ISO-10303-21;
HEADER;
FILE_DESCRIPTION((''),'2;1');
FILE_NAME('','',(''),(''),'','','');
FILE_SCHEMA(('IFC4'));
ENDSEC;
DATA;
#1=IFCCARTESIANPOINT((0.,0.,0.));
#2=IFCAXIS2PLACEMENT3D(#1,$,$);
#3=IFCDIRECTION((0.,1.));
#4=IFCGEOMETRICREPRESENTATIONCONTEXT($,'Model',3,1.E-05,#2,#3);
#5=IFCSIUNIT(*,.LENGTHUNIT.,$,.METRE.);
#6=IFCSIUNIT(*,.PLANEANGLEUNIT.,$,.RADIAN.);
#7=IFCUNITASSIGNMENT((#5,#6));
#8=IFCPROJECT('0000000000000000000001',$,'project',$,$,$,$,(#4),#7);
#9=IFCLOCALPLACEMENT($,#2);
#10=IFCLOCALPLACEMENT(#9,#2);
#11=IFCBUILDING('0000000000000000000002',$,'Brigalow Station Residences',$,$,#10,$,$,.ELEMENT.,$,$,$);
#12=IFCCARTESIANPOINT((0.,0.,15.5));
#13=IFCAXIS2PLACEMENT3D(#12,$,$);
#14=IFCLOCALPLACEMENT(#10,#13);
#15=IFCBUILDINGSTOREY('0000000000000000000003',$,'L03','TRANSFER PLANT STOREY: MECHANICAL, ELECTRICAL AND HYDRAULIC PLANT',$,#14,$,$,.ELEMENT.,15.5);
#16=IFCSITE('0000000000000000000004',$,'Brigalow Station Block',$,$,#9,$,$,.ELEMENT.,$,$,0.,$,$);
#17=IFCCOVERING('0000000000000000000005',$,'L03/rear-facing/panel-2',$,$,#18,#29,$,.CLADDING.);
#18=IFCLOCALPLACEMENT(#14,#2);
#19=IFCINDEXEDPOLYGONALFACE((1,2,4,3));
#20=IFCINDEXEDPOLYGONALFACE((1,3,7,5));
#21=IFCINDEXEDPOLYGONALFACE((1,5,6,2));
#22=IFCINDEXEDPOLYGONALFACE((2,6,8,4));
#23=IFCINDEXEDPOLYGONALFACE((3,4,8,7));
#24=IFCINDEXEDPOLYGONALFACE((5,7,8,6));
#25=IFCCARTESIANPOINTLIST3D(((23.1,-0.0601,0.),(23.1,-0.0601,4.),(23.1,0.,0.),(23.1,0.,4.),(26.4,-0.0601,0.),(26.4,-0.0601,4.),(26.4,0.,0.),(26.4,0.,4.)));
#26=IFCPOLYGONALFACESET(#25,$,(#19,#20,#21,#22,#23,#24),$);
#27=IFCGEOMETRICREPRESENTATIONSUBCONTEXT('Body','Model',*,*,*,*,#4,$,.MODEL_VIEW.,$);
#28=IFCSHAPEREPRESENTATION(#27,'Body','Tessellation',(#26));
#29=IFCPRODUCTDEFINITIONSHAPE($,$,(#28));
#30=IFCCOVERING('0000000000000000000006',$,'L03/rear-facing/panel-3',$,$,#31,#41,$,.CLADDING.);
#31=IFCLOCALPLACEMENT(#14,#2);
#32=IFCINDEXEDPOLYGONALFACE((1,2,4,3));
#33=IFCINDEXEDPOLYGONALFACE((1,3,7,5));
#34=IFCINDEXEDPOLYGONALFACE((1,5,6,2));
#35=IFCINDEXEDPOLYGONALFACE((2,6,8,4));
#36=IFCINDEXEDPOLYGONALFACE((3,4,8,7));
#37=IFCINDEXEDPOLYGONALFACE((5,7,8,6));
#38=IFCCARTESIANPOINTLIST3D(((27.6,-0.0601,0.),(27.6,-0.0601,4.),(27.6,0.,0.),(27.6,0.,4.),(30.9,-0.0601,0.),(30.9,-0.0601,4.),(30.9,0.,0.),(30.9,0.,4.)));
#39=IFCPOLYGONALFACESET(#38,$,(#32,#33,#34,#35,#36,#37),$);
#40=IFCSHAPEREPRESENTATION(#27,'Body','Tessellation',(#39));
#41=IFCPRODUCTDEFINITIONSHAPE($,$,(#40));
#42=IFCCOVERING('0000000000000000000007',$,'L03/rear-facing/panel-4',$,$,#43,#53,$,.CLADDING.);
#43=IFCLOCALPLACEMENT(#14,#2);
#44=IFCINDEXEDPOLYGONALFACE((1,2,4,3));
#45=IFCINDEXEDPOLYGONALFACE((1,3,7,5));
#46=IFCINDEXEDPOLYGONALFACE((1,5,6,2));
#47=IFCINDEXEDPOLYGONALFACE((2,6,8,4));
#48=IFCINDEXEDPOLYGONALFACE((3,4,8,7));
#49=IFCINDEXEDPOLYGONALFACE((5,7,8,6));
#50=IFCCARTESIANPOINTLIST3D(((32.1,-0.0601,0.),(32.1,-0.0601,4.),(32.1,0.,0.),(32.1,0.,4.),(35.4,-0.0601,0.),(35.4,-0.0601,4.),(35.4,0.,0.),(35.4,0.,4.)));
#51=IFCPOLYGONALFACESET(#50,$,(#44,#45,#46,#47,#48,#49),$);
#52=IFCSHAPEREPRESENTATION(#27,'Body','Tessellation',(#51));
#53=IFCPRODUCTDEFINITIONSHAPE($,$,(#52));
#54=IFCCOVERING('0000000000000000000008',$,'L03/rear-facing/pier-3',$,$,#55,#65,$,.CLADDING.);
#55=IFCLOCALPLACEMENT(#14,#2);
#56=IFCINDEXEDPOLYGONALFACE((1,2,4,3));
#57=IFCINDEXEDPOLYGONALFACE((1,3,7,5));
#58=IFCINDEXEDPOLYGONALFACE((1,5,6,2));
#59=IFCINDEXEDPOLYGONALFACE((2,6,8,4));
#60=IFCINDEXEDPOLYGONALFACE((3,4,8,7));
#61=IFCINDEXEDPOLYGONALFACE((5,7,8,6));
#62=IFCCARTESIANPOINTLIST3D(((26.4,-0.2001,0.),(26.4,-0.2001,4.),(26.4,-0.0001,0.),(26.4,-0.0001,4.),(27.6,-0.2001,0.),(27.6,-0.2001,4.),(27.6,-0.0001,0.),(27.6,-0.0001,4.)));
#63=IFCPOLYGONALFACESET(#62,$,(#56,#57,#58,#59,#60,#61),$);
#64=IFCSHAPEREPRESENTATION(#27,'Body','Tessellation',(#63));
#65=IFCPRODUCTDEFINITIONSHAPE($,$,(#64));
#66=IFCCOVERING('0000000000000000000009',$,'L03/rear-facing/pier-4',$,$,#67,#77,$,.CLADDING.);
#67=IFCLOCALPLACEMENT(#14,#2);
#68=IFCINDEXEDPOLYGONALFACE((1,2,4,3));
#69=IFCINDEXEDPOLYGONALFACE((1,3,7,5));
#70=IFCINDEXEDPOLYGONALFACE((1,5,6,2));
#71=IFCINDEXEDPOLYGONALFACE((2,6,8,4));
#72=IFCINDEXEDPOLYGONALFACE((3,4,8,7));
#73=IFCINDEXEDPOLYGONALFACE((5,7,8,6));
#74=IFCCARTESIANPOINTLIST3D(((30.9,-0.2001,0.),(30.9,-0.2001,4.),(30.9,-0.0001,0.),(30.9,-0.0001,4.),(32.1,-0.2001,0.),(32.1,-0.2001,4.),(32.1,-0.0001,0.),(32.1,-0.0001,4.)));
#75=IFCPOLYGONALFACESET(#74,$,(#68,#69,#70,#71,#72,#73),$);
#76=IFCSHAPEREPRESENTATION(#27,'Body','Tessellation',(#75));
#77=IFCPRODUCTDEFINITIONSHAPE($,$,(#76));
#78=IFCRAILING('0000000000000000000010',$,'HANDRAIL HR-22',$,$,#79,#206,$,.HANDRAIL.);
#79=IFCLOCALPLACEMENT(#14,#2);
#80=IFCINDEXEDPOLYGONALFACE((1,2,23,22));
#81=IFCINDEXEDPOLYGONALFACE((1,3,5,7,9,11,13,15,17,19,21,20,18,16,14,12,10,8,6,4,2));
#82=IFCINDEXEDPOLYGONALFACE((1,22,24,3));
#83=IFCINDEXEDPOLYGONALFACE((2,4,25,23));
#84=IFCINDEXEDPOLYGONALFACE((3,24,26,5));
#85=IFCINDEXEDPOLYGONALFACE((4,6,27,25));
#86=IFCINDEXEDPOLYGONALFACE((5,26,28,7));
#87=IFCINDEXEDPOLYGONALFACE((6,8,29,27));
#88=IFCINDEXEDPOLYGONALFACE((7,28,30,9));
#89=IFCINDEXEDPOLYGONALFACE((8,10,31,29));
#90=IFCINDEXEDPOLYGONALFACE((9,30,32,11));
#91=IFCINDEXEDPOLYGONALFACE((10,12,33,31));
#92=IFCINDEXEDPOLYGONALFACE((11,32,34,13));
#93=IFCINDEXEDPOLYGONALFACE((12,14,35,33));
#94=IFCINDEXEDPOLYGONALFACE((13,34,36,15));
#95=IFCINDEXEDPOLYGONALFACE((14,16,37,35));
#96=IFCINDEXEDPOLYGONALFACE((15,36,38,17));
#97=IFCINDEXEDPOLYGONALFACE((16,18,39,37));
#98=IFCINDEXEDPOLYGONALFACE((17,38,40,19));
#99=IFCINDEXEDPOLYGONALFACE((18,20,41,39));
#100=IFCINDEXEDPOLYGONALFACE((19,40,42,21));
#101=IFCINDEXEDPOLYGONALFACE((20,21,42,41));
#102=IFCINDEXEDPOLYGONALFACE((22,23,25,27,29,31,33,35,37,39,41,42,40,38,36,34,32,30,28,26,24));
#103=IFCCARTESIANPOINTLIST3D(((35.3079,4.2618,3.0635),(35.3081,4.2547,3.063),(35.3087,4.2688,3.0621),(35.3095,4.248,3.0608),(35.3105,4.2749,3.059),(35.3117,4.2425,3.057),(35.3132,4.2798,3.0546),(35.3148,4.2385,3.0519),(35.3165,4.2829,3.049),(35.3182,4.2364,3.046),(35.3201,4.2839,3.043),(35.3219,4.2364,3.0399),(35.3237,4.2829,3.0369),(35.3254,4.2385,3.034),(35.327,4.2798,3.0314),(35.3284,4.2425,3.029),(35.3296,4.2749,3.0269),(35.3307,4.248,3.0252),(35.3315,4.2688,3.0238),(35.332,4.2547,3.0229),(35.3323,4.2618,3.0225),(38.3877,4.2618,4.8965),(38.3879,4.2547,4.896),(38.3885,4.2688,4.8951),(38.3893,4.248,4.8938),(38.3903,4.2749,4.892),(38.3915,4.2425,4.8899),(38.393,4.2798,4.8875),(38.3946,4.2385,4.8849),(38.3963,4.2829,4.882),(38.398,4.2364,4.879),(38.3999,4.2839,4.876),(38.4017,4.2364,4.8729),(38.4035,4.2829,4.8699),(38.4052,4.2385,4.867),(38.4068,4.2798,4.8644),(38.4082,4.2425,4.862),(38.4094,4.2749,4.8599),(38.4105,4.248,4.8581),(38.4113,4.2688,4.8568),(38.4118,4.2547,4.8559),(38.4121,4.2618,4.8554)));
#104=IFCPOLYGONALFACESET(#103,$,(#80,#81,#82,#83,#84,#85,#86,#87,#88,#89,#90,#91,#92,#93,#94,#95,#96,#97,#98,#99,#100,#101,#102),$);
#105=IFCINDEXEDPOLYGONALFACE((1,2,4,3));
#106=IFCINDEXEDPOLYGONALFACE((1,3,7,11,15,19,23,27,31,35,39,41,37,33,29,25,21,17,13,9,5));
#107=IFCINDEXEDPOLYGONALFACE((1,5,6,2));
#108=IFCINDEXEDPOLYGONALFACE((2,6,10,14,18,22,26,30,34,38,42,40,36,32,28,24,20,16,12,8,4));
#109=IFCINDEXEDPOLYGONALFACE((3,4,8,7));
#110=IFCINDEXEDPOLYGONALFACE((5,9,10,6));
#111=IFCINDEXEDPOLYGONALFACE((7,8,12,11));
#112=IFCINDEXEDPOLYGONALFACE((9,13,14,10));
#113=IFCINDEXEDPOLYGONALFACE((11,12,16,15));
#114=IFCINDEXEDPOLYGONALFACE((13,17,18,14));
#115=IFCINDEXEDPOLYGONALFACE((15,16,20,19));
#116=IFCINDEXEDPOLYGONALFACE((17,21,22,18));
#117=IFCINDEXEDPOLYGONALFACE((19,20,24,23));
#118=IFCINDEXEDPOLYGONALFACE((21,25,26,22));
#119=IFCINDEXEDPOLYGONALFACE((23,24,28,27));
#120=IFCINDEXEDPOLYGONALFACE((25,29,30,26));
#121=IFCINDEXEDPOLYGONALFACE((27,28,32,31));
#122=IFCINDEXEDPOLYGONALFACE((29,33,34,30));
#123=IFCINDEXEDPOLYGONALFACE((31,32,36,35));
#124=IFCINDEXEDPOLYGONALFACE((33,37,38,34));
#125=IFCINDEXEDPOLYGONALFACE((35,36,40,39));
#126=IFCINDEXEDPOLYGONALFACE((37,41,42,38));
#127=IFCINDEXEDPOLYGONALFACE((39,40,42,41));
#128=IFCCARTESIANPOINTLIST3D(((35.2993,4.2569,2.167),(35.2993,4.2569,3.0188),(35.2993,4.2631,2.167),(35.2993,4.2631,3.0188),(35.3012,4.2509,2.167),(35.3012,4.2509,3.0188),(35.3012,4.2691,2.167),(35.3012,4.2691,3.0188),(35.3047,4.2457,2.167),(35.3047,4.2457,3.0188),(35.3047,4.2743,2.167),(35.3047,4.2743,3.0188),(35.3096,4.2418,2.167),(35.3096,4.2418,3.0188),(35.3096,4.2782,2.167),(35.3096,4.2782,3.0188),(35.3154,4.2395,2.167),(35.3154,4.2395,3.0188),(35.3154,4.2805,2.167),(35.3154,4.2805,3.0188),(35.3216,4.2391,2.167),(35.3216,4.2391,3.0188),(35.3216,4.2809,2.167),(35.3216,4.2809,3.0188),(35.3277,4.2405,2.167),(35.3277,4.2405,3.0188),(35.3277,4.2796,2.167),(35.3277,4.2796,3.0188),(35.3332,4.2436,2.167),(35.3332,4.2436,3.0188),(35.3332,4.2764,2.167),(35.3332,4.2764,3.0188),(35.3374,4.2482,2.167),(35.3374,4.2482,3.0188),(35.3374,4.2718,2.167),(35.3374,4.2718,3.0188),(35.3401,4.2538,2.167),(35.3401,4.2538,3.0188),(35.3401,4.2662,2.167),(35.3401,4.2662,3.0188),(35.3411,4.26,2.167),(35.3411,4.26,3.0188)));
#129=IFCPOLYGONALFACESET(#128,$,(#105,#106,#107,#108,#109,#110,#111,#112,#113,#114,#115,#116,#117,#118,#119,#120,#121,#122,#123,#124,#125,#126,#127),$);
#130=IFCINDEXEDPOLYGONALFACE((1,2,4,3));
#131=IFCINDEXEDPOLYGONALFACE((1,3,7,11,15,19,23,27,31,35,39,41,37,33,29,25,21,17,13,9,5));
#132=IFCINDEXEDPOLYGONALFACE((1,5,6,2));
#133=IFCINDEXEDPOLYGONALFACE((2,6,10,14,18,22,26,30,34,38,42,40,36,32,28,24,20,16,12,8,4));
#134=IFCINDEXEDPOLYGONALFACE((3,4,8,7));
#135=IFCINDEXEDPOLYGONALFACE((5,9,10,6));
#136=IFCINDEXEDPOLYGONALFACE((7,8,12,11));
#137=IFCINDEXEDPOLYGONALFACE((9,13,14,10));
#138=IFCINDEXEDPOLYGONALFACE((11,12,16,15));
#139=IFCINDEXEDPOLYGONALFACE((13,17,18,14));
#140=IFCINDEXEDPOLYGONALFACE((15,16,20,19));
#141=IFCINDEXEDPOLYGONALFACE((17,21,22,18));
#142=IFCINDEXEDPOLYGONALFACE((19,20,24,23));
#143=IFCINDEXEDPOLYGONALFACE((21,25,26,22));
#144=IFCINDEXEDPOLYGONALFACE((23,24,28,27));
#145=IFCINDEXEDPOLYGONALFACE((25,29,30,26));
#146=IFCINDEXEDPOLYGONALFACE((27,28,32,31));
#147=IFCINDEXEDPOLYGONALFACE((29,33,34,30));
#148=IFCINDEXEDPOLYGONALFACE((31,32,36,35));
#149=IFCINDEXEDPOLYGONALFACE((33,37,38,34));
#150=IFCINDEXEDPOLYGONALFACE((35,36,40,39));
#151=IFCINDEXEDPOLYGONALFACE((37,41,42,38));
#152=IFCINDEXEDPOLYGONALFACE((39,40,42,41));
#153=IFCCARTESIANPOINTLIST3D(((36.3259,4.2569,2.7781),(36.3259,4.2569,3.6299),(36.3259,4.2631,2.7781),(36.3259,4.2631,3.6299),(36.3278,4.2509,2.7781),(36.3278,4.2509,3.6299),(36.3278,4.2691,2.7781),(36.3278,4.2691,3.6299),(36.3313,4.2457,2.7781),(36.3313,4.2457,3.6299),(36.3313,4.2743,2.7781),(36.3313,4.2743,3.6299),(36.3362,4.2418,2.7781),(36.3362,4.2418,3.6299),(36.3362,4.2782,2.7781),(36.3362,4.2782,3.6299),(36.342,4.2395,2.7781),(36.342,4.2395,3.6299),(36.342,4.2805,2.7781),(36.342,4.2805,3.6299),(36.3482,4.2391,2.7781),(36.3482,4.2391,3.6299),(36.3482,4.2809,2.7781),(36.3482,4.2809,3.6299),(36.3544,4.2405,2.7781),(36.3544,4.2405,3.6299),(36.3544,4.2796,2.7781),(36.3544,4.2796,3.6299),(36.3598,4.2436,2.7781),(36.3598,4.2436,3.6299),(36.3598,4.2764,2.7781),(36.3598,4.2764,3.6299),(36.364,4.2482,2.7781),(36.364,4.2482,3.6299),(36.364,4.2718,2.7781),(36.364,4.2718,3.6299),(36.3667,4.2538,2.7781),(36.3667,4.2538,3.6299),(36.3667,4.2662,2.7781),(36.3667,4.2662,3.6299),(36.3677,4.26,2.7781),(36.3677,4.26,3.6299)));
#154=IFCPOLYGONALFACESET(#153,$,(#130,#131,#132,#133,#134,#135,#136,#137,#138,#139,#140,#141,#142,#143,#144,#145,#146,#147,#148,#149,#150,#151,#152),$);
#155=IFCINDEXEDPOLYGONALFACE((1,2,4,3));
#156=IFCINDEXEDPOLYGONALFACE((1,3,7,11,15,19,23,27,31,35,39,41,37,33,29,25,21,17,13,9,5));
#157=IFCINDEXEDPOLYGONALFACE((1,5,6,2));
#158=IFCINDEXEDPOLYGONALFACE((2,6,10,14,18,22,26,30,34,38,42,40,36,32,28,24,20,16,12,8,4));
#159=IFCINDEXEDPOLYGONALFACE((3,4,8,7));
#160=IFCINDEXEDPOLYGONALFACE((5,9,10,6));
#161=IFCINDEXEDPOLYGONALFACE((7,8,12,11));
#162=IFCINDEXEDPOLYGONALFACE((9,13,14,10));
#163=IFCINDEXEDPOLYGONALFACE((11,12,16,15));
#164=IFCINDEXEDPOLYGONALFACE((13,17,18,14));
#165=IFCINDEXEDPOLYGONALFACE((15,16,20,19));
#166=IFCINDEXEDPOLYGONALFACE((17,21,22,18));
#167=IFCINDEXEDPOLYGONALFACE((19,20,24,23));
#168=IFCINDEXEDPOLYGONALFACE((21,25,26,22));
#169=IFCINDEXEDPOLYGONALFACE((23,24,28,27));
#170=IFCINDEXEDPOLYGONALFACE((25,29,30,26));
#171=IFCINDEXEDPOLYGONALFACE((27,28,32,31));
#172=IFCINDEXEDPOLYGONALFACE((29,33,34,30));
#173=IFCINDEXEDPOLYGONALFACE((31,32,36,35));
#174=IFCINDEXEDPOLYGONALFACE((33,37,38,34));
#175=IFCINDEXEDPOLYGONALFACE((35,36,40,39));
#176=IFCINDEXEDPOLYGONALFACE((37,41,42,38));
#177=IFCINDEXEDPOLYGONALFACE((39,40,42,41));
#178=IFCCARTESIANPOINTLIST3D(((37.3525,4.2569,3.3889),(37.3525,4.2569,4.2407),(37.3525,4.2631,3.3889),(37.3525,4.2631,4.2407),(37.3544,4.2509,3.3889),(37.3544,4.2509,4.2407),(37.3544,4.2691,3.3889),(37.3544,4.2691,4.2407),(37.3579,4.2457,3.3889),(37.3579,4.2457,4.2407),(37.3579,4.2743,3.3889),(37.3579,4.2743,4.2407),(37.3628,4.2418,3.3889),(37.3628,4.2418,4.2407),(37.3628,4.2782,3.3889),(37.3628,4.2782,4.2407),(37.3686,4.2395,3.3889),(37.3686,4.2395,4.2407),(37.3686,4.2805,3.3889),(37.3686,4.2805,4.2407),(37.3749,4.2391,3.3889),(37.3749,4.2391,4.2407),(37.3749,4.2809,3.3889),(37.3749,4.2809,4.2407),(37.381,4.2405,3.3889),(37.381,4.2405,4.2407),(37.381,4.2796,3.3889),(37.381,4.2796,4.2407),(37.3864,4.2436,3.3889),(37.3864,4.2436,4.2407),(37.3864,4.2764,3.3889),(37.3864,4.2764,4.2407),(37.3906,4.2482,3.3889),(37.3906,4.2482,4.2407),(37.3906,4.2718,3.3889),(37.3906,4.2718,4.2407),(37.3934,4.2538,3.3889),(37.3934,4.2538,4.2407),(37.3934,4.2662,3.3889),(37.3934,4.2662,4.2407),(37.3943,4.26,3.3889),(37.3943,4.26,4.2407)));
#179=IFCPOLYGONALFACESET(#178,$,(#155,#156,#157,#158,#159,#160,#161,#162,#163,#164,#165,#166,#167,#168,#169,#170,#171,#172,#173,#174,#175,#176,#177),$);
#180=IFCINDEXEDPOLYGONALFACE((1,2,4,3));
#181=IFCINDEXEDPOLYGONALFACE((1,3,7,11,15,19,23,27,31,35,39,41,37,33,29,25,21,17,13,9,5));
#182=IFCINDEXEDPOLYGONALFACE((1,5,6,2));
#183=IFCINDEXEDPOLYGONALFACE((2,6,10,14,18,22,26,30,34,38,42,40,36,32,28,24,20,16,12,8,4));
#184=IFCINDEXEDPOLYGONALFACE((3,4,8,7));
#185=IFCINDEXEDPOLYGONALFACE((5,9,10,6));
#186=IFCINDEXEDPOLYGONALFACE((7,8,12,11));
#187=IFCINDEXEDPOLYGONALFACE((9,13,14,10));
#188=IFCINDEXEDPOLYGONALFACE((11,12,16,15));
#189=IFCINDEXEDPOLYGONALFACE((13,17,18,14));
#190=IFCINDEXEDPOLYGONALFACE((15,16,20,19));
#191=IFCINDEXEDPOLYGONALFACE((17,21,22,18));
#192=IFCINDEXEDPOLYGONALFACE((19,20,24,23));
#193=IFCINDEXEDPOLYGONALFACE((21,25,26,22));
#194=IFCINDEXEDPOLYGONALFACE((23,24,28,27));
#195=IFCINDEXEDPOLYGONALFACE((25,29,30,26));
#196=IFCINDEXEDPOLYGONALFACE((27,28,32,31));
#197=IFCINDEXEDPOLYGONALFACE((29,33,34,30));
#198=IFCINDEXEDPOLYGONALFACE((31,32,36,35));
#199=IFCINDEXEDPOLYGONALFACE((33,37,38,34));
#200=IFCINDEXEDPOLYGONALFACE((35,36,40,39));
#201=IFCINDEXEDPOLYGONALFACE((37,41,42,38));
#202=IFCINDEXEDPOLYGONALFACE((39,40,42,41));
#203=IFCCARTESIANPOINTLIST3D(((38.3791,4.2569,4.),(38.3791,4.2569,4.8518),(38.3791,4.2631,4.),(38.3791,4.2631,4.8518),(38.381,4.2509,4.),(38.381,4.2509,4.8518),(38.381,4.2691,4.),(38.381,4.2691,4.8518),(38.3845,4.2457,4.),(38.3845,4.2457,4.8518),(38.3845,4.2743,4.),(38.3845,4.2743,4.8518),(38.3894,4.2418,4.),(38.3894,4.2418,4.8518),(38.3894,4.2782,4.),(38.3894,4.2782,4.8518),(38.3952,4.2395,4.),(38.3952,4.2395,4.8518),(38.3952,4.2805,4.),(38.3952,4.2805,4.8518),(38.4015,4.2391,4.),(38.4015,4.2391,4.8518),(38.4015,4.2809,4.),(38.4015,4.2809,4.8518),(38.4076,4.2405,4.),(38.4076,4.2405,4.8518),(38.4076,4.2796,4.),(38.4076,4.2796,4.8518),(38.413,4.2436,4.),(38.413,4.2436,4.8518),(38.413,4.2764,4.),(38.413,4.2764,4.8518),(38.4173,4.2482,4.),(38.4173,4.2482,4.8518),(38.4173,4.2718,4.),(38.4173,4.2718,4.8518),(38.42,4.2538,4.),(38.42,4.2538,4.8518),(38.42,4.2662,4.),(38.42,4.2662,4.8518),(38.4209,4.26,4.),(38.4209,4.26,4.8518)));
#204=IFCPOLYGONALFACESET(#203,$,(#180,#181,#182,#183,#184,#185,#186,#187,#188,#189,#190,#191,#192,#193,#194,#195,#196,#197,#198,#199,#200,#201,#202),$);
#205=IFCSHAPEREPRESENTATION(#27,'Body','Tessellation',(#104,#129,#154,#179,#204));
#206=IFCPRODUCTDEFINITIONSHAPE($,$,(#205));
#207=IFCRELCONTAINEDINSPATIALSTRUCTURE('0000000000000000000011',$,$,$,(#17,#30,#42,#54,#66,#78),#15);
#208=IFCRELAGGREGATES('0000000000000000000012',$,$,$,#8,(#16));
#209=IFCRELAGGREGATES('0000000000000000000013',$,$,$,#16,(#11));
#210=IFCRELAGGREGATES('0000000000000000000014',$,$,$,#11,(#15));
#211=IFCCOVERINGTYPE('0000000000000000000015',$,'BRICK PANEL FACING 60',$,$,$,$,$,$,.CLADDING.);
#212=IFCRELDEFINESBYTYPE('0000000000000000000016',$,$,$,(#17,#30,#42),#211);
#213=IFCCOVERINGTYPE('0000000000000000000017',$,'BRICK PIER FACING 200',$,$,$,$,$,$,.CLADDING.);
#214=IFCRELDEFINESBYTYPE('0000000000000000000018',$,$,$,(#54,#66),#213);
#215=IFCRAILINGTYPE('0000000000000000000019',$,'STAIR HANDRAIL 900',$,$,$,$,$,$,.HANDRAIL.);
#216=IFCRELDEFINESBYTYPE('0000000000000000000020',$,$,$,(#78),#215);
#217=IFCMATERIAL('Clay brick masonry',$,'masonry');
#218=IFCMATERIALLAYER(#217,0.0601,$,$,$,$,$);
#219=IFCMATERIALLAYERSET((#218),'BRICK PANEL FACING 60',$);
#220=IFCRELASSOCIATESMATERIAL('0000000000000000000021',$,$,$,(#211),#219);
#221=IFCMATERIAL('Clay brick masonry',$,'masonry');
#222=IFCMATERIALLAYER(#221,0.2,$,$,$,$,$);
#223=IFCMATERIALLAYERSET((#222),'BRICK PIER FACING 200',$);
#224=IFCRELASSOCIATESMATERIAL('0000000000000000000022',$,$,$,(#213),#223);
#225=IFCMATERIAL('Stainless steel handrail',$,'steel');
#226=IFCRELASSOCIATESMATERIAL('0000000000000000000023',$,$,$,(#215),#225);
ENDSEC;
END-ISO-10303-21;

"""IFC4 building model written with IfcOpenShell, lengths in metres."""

from ifc_helpers import new_model, si_unit, direction, frame, origin, origin_2d, place, context, subcontext, project, spatial, rectangle, circle, extrude, material, layer, layer_set, type_object, element, save


model = new_model("IFC4")

# Units and contexts
model_context = context("Model", 3, precision=1e-05, world=origin(), true_north=direction((0.0, 1.0)))
body_context = subcontext(model_context, "Body", "Model", "MODEL_VIEW")
ifc_project = project(units=[si_unit("LENGTHUNIT", "METRE"), si_unit("PLANEANGLEUNIT", "RADIAN")], contexts=[model_context])

# Site, building, storey
site_placement = place(None, origin())
site = spatial("IfcSite", under=ifc_project, at=site_placement, Name="Brigalow Station Block", CompositionType="ELEMENT", RefElevation=0.0)
building_placement = place(site_placement, origin())
building = spatial("IfcBuilding", under=site, at=building_placement, Name="Brigalow Station Residences", CompositionType="ELEMENT")
storey_placement = place(building_placement, frame((0.0, 0.0, 15.5)))
storey = spatial("IfcBuildingStorey", under=building, at=storey_placement, Name="L03", Description="TRANSFER PLANT STOREY: MECHANICAL, ELECTRICAL AND HYDRAULIC PLANT", CompositionType="ELEMENT", Elevation=15.5)

# Coverings
ifc_material_1 = material(Name="Clay brick masonry", Category="masonry")
ifc_layer_1 = layer(ifc_material_1, 0.0601)
ifc_layer_set_1 = layer_set([ifc_layer_1], Name="BRICK PANEL FACING 60")
covering_type_1 = type_object("IfcCoveringType", Name="BRICK PANEL FACING 60", PredefinedType="CLADDING", material=ifc_layer_set_1)
for number, where, z_axis, x_axis, name in (
    (1, (24.75, -0.03, 0.0), (0.0, 0.0, 1.0), (1.0, 0.0, 0.0), "L03/rear-facing/panel-2"),
    (2, (29.25, -0.03, 0.0), (0.0, 0.0, 1.0), (1.0, 0.0, 0.0), "L03/rear-facing/panel-3"),
    (3, (33.75, -0.03, 0.0), (0.0, 0.0, 1.0), (1.0, 0.0, 0.0), "L03/rear-facing/panel-4"),
):
    element("IfcCovering", number, at=place(storey_placement, frame(where, z_axis=z_axis, x_axis=x_axis)), inside=storey, type_object=covering_type_1, Name=name, PredefinedType="CLADDING", context=body_context, shape_type="SweptSolid", body=[
        extrude(rectangle(XDim=3.3, YDim=0.0601, at=origin_2d()), origin(), (0.0, 0.0, 1.0), 4.0),
    ])
ifc_material_2 = material(Name="Clay brick masonry", Category="masonry")
ifc_layer_2 = layer(ifc_material_2, 0.2)
ifc_layer_set_2 = layer_set([ifc_layer_2], Name="BRICK PIER FACING 200")
covering_type_2 = type_object("IfcCoveringType", Name="BRICK PIER FACING 200", PredefinedType="CLADDING", material=ifc_layer_set_2)
for number, where, z_axis, x_axis, name in (
    (4, (27.0, -0.1001, 0.0), (0.0, 0.0, 1.0), (1.0, 0.0, 0.0), "L03/rear-facing/pier-3"),
    (5, (31.5, -0.1001, 0.0), (0.0, 0.0, 1.0), (1.0, 0.0, 0.0), "L03/rear-facing/pier-4"),
):
    element("IfcCovering", number, at=place(storey_placement, frame(where, z_axis=z_axis, x_axis=x_axis)), inside=storey, type_object=covering_type_2, Name=name, PredefinedType="CLADDING", context=body_context, shape_type="SweptSolid", body=[
        extrude(rectangle(XDim=1.2, YDim=0.2, at=origin_2d()), origin(), (0.0, 0.0, 1.0), 4.0),
    ])

# Railing
ifc_material_3 = material(Name="Stainless steel handrail", Category="steel")
railing_type = type_object("IfcRailingType", Name="STAIR HANDRAIL 900", PredefinedType="HANDRAIL", material=ifc_material_3)
railing_placement = place(storey_placement, frame((35.3201, 4.26, 2.167)))
element("IfcRailing", 6, at=railing_placement, inside=storey, type_object=railing_type, Name="HANDRAIL HR-22", PredefinedType="HANDRAIL", context=body_context, shape_type="SweptSolid", body=[
    extrude(circle(Radius=0.0239, at=origin_2d()), frame((0.0, 0.0, 0.876), z_axis=(0.859321, 0.0, 0.511437), x_axis=(0.0, 1.0, 0.0)), (0.0, 0.0, 1.0), 3.584),
    extrude(circle(Radius=0.021, at=origin_2d()), origin(), (0.0, 0.0, 1.0), 0.8518),
    extrude(circle(Radius=0.021, at=origin_2d()), frame((1.0266, 0.0, 0.6111)), (0.0, 0.0, 1.0), 0.8518),
    extrude(circle(Radius=0.021, at=origin_2d()), frame((2.0532, 0.0, 1.2219)), (0.0, 0.0, 1.0), 0.8518),
    extrude(circle(Radius=0.021, at=origin_2d()), frame((3.0798, 0.0, 1.833)), (0.0, 0.0, 1.0), 0.8518),
])

save(model, "model.ifc")
